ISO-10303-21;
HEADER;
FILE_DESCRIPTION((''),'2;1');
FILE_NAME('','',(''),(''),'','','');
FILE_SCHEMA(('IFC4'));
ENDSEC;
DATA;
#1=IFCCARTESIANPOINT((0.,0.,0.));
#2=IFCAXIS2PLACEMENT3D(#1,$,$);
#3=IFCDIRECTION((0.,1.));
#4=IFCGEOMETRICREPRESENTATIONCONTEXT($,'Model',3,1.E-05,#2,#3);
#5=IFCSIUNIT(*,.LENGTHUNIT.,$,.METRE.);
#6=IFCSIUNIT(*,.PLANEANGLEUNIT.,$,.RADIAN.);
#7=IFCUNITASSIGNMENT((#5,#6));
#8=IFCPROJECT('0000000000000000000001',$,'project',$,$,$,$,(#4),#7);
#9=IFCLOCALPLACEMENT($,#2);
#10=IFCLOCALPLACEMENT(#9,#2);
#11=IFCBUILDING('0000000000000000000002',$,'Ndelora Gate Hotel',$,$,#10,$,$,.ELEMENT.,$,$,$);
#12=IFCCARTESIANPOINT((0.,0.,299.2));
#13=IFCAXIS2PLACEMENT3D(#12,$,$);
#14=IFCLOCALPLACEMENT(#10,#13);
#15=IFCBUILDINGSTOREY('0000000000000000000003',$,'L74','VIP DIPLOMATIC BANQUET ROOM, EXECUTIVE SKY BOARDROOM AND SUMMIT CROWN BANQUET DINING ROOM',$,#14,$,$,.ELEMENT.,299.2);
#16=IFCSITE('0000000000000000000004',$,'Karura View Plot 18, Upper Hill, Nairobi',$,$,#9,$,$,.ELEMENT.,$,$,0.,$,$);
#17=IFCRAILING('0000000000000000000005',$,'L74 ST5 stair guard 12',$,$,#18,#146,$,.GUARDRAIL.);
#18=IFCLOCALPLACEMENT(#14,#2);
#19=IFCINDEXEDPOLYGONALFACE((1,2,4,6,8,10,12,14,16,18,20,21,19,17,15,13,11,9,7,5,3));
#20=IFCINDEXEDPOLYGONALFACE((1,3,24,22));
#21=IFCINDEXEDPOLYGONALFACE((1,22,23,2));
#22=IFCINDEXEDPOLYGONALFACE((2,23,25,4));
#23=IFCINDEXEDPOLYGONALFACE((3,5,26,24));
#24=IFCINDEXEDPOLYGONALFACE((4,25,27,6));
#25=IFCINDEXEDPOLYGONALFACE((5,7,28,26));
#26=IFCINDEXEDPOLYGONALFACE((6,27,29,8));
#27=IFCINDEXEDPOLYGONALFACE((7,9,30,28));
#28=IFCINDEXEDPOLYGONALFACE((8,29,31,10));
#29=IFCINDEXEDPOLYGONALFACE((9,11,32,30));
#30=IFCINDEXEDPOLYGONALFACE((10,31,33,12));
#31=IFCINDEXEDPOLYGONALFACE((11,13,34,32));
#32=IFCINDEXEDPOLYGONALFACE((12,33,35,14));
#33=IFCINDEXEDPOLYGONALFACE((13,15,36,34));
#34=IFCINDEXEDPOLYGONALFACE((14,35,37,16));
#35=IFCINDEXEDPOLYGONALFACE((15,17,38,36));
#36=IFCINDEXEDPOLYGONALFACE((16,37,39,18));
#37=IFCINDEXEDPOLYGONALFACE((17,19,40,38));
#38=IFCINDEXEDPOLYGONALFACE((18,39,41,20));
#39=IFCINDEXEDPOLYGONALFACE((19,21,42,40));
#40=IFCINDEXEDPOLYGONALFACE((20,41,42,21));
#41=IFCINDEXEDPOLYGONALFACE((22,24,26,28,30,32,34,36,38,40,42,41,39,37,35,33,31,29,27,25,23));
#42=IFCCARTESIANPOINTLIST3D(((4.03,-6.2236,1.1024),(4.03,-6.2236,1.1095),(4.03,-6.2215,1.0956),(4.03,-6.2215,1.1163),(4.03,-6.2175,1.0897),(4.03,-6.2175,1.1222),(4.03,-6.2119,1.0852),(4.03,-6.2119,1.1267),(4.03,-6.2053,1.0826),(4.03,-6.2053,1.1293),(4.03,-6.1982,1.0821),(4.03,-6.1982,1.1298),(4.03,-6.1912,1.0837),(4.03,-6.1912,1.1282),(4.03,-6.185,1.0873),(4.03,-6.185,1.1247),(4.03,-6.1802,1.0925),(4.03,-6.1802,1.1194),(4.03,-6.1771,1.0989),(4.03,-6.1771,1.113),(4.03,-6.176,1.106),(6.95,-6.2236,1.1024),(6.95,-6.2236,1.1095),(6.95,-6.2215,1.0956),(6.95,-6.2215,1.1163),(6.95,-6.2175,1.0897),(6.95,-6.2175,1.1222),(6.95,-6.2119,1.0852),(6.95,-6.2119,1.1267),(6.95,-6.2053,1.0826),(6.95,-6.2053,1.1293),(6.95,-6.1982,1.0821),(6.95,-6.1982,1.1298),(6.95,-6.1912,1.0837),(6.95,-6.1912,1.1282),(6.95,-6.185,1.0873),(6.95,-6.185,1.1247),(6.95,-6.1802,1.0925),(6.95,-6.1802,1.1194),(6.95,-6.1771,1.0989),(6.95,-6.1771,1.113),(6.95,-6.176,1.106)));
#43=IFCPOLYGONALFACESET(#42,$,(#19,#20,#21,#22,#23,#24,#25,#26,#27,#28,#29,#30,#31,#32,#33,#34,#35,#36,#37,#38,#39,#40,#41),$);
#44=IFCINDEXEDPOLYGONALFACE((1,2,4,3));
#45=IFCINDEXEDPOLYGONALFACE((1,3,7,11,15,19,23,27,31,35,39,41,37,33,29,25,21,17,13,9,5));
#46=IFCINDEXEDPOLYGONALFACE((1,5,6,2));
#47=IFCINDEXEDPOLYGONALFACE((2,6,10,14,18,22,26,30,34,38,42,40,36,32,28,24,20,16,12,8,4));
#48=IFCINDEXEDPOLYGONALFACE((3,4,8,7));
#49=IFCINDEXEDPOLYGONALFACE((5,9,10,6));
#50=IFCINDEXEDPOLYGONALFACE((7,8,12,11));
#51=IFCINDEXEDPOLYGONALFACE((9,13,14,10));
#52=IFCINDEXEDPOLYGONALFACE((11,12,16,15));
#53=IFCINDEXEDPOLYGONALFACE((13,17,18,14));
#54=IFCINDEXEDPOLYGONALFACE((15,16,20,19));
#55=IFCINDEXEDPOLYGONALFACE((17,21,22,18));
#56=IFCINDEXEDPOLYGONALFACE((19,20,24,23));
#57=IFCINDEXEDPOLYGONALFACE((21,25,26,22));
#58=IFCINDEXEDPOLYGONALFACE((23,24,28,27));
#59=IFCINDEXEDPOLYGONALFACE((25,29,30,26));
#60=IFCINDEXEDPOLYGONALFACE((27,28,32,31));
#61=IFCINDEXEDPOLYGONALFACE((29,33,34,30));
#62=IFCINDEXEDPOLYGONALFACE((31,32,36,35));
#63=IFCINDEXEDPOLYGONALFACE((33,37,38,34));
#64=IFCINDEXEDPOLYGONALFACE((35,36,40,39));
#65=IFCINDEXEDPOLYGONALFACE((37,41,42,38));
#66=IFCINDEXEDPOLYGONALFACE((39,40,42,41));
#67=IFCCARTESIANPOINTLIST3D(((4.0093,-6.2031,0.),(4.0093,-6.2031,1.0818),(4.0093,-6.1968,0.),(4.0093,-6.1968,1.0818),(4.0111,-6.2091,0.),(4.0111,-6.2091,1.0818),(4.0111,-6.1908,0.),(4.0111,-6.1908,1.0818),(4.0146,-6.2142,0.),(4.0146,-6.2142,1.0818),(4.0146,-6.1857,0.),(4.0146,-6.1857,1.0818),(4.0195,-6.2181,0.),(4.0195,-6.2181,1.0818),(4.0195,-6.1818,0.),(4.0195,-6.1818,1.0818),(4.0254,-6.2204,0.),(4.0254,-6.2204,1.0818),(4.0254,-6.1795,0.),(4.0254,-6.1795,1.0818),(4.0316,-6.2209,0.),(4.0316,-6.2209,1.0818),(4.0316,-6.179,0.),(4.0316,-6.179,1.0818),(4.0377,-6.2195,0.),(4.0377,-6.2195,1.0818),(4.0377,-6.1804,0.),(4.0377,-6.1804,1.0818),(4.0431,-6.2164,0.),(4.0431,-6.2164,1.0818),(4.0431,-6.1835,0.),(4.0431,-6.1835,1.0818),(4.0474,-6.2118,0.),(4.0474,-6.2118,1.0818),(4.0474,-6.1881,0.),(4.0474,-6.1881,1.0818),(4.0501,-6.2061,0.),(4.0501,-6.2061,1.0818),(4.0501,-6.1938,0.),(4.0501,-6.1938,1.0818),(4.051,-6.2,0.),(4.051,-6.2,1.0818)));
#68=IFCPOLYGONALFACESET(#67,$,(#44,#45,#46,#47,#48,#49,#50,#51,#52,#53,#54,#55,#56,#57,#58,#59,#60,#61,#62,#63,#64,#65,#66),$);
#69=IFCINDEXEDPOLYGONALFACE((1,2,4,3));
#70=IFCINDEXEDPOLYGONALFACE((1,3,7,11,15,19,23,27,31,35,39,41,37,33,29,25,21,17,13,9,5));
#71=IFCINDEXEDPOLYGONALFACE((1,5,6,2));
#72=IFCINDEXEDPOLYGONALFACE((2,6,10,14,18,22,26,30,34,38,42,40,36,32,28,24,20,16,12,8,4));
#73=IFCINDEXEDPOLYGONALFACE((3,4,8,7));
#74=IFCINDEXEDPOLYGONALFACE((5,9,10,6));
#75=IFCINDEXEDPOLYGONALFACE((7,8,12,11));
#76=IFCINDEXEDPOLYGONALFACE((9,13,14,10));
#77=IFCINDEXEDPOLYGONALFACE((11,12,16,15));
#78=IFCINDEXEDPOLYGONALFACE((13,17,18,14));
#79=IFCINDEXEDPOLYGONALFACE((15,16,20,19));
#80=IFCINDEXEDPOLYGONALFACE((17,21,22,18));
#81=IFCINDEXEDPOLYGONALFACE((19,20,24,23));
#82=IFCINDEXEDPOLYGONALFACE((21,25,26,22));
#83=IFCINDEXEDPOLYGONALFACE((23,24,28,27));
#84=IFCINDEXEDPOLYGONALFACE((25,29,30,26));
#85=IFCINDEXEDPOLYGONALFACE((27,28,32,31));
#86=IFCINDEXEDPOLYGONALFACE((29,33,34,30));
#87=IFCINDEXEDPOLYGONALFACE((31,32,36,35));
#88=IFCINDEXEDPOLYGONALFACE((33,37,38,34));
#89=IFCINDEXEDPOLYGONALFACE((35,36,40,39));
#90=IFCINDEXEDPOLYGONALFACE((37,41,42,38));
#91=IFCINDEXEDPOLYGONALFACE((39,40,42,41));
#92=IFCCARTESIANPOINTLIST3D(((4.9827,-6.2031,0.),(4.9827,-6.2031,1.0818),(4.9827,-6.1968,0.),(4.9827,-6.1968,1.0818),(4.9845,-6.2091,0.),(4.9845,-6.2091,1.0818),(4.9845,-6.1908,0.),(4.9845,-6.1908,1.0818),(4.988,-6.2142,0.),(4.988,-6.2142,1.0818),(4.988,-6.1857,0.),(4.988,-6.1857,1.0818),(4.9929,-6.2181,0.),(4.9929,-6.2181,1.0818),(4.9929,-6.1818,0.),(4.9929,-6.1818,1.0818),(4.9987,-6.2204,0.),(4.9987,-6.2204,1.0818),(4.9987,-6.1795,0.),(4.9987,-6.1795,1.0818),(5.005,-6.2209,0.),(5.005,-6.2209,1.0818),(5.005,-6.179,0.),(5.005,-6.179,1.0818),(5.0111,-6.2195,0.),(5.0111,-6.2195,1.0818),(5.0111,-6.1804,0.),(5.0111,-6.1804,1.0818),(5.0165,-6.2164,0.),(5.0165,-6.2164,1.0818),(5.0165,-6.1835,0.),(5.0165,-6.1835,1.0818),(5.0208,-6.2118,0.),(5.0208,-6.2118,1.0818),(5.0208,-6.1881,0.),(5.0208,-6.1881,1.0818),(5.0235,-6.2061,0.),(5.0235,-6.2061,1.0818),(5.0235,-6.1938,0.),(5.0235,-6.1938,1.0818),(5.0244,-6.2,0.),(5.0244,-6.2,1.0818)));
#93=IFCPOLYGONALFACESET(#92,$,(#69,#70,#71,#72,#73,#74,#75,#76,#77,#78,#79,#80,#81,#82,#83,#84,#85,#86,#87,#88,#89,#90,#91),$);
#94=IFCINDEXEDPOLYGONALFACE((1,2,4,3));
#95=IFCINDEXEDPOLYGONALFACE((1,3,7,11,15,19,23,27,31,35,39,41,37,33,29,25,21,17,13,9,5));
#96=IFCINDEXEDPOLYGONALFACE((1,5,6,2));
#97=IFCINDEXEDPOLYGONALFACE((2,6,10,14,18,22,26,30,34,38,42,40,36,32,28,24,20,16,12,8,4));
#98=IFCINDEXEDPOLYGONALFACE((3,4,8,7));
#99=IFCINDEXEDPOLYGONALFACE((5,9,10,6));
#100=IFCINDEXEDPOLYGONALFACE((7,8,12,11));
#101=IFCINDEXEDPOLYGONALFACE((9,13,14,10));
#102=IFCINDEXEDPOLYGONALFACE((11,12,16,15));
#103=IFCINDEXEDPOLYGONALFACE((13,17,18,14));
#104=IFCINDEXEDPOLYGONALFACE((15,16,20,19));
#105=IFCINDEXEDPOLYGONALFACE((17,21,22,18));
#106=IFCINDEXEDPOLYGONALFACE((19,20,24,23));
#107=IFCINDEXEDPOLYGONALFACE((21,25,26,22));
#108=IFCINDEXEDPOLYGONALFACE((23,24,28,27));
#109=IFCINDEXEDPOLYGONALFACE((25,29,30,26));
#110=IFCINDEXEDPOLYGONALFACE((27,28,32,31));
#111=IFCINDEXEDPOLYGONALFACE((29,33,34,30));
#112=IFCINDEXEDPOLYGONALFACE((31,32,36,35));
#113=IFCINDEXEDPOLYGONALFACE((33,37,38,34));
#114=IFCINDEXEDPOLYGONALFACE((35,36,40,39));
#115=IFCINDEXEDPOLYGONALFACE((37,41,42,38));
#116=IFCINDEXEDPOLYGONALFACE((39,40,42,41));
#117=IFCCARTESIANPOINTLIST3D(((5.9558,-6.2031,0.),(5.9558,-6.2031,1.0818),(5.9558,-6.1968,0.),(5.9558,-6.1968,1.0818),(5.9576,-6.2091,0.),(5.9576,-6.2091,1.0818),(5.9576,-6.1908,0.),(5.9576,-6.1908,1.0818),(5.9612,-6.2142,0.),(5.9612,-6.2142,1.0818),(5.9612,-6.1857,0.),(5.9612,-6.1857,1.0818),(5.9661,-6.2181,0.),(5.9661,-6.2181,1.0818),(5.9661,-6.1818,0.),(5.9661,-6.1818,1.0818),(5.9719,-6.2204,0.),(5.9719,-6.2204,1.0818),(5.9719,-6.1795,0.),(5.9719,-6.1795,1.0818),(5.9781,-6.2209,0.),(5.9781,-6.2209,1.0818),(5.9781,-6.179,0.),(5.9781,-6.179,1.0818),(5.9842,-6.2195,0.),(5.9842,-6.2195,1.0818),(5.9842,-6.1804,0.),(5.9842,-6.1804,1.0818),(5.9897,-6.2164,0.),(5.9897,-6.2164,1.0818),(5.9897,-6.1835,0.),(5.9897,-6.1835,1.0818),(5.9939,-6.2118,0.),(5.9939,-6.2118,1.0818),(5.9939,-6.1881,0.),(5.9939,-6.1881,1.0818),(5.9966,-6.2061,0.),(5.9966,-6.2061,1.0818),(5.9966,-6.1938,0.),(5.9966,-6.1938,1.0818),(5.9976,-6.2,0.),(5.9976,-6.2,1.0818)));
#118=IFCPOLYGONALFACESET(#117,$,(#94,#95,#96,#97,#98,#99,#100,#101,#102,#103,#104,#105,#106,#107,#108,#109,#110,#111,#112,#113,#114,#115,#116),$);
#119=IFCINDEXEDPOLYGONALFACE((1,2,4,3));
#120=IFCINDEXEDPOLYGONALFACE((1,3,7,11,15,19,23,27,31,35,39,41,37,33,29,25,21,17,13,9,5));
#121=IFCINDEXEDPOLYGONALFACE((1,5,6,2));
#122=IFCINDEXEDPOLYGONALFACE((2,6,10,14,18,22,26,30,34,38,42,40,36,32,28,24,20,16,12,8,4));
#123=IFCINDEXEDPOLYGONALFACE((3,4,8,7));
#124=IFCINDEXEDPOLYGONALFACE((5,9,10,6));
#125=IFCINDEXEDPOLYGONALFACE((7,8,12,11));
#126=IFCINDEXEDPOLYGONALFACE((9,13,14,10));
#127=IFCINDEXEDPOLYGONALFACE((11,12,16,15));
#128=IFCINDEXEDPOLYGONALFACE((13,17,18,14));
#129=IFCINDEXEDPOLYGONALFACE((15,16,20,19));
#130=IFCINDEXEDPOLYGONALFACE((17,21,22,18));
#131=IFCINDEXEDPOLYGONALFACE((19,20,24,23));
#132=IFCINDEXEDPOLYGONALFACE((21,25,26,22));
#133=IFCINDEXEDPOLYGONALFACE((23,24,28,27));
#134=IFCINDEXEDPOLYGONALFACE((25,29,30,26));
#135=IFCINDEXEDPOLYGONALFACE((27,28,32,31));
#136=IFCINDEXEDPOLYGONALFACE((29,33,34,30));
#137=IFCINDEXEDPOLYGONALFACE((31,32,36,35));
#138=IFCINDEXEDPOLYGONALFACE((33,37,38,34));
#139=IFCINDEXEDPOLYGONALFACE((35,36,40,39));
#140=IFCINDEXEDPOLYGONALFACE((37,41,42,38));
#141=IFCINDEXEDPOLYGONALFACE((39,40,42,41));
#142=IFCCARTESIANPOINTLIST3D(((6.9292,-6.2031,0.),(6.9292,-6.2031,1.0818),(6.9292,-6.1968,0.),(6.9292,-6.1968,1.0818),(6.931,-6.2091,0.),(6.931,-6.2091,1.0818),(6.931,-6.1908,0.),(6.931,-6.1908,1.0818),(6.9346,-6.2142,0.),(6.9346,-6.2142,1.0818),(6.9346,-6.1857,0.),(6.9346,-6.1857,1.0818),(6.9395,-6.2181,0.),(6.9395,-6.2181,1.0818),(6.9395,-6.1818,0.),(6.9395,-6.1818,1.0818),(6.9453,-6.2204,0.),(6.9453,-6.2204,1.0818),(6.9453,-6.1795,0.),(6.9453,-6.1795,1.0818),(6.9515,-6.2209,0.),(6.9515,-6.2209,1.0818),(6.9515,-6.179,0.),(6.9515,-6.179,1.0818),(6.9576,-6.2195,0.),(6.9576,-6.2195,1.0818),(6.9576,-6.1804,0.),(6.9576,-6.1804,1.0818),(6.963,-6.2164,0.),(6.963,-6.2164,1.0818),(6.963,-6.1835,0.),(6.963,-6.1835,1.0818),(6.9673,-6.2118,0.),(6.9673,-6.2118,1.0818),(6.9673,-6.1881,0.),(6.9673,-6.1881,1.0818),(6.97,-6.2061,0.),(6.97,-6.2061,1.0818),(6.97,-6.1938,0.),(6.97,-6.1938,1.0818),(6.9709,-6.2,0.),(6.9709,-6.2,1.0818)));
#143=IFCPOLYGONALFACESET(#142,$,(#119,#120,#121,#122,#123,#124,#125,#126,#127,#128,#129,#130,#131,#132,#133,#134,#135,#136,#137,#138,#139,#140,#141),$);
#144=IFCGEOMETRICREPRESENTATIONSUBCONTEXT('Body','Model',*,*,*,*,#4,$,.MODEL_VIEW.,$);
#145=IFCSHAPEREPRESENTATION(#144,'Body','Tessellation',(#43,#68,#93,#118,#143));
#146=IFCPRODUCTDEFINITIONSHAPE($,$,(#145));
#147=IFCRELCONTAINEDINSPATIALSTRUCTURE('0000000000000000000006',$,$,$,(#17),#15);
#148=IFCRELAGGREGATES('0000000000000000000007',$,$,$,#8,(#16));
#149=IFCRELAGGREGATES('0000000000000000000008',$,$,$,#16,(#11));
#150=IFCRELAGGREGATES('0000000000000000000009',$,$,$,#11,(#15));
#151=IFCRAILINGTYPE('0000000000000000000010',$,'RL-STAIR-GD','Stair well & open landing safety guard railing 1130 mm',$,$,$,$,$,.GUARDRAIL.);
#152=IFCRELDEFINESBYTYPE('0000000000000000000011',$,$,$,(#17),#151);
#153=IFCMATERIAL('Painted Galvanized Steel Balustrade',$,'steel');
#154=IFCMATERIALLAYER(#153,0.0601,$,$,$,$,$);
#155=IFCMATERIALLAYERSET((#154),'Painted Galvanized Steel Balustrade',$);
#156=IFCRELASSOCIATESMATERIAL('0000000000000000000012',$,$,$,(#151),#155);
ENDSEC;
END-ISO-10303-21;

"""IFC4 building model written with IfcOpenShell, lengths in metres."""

from ifc_helpers import new_model, si_unit, direction, frame, origin, origin_2d, place, context, subcontext, project, spatial, circle, extrude, material, layer, layer_set, type_object, element, save


model = new_model("IFC4")

# Units and contexts
model_context = context("Model", 3, precision=1e-05, world=origin(), true_north=direction((0.0, 1.0)))
body_context = subcontext(model_context, "Body", "Model", "MODEL_VIEW")
ifc_project = project(units=[si_unit("LENGTHUNIT", "METRE"), si_unit("PLANEANGLEUNIT", "RADIAN")], contexts=[model_context])

# Site, building, storey
site_placement = place(None, origin())
site = spatial("IfcSite", under=ifc_project, at=site_placement, Name="Karura View Plot 18, Upper Hill, Nairobi", CompositionType="ELEMENT", RefElevation=0.0)
building_placement = place(site_placement, origin())
building = spatial("IfcBuilding", under=site, at=building_placement, Name="Ndelora Gate Hotel", CompositionType="ELEMENT")
storey_placement = place(building_placement, frame((0.0, 0.0, 299.2)))
storey = spatial("IfcBuildingStorey", under=building, at=storey_placement, Name="L74", Description="VIP DIPLOMATIC BANQUET ROOM, EXECUTIVE SKY BOARDROOM AND SUMMIT CROWN BANQUET DINING ROOM", CompositionType="ELEMENT", Elevation=299.2)

# Railing
ifc_material_1 = material(Name="Painted Galvanized Steel Balustrade", Category="steel")
ifc_layer_1 = layer(ifc_material_1, 0.0601)
ifc_layer_set_1 = layer_set([ifc_layer_1], Name="Painted Galvanized Steel Balustrade")
railing_type = type_object("IfcRailingType", Name="RL-STAIR-GD", Description="Stair well & open landing safety guard railing 1130 mm", PredefinedType="GUARDRAIL", material=ifc_layer_set_1)
railing_1_placement = place(storey_placement, frame((4.03, -6.2, 0.0)))
element("IfcRailing", 1, at=railing_1_placement, inside=storey, type_object=railing_type, Name="L74 ST5 stair guard 12", PredefinedType="GUARDRAIL", context=body_context, shape_type="SweptSolid", body=[
    extrude(circle(Radius=0.0239, at=origin_2d()), frame((0.0, 0.0, 1.106), z_axis=(1.0, 0.0, 0.0), x_axis=(0.0, 1.0, 0.0)), (0.0, 0.0, 1.0), 2.9199),
    extrude(circle(Radius=0.021, at=origin_2d()), origin(), (0.0, 0.0, 1.0), 1.0818),
    extrude(circle(Radius=0.021, at=origin_2d()), frame((0.9734, 0.0, 0.0)), (0.0, 0.0, 1.0), 1.0818),
    extrude(circle(Radius=0.021, at=origin_2d()), frame((1.9465, 0.0, 0.0)), (0.0, 0.0, 1.0), 1.0818),
    extrude(circle(Radius=0.021, at=origin_2d()), frame((2.9199, 0.0, 0.0)), (0.0, 0.0, 1.0), 1.0818),
])

save(model, "model.ifc")
